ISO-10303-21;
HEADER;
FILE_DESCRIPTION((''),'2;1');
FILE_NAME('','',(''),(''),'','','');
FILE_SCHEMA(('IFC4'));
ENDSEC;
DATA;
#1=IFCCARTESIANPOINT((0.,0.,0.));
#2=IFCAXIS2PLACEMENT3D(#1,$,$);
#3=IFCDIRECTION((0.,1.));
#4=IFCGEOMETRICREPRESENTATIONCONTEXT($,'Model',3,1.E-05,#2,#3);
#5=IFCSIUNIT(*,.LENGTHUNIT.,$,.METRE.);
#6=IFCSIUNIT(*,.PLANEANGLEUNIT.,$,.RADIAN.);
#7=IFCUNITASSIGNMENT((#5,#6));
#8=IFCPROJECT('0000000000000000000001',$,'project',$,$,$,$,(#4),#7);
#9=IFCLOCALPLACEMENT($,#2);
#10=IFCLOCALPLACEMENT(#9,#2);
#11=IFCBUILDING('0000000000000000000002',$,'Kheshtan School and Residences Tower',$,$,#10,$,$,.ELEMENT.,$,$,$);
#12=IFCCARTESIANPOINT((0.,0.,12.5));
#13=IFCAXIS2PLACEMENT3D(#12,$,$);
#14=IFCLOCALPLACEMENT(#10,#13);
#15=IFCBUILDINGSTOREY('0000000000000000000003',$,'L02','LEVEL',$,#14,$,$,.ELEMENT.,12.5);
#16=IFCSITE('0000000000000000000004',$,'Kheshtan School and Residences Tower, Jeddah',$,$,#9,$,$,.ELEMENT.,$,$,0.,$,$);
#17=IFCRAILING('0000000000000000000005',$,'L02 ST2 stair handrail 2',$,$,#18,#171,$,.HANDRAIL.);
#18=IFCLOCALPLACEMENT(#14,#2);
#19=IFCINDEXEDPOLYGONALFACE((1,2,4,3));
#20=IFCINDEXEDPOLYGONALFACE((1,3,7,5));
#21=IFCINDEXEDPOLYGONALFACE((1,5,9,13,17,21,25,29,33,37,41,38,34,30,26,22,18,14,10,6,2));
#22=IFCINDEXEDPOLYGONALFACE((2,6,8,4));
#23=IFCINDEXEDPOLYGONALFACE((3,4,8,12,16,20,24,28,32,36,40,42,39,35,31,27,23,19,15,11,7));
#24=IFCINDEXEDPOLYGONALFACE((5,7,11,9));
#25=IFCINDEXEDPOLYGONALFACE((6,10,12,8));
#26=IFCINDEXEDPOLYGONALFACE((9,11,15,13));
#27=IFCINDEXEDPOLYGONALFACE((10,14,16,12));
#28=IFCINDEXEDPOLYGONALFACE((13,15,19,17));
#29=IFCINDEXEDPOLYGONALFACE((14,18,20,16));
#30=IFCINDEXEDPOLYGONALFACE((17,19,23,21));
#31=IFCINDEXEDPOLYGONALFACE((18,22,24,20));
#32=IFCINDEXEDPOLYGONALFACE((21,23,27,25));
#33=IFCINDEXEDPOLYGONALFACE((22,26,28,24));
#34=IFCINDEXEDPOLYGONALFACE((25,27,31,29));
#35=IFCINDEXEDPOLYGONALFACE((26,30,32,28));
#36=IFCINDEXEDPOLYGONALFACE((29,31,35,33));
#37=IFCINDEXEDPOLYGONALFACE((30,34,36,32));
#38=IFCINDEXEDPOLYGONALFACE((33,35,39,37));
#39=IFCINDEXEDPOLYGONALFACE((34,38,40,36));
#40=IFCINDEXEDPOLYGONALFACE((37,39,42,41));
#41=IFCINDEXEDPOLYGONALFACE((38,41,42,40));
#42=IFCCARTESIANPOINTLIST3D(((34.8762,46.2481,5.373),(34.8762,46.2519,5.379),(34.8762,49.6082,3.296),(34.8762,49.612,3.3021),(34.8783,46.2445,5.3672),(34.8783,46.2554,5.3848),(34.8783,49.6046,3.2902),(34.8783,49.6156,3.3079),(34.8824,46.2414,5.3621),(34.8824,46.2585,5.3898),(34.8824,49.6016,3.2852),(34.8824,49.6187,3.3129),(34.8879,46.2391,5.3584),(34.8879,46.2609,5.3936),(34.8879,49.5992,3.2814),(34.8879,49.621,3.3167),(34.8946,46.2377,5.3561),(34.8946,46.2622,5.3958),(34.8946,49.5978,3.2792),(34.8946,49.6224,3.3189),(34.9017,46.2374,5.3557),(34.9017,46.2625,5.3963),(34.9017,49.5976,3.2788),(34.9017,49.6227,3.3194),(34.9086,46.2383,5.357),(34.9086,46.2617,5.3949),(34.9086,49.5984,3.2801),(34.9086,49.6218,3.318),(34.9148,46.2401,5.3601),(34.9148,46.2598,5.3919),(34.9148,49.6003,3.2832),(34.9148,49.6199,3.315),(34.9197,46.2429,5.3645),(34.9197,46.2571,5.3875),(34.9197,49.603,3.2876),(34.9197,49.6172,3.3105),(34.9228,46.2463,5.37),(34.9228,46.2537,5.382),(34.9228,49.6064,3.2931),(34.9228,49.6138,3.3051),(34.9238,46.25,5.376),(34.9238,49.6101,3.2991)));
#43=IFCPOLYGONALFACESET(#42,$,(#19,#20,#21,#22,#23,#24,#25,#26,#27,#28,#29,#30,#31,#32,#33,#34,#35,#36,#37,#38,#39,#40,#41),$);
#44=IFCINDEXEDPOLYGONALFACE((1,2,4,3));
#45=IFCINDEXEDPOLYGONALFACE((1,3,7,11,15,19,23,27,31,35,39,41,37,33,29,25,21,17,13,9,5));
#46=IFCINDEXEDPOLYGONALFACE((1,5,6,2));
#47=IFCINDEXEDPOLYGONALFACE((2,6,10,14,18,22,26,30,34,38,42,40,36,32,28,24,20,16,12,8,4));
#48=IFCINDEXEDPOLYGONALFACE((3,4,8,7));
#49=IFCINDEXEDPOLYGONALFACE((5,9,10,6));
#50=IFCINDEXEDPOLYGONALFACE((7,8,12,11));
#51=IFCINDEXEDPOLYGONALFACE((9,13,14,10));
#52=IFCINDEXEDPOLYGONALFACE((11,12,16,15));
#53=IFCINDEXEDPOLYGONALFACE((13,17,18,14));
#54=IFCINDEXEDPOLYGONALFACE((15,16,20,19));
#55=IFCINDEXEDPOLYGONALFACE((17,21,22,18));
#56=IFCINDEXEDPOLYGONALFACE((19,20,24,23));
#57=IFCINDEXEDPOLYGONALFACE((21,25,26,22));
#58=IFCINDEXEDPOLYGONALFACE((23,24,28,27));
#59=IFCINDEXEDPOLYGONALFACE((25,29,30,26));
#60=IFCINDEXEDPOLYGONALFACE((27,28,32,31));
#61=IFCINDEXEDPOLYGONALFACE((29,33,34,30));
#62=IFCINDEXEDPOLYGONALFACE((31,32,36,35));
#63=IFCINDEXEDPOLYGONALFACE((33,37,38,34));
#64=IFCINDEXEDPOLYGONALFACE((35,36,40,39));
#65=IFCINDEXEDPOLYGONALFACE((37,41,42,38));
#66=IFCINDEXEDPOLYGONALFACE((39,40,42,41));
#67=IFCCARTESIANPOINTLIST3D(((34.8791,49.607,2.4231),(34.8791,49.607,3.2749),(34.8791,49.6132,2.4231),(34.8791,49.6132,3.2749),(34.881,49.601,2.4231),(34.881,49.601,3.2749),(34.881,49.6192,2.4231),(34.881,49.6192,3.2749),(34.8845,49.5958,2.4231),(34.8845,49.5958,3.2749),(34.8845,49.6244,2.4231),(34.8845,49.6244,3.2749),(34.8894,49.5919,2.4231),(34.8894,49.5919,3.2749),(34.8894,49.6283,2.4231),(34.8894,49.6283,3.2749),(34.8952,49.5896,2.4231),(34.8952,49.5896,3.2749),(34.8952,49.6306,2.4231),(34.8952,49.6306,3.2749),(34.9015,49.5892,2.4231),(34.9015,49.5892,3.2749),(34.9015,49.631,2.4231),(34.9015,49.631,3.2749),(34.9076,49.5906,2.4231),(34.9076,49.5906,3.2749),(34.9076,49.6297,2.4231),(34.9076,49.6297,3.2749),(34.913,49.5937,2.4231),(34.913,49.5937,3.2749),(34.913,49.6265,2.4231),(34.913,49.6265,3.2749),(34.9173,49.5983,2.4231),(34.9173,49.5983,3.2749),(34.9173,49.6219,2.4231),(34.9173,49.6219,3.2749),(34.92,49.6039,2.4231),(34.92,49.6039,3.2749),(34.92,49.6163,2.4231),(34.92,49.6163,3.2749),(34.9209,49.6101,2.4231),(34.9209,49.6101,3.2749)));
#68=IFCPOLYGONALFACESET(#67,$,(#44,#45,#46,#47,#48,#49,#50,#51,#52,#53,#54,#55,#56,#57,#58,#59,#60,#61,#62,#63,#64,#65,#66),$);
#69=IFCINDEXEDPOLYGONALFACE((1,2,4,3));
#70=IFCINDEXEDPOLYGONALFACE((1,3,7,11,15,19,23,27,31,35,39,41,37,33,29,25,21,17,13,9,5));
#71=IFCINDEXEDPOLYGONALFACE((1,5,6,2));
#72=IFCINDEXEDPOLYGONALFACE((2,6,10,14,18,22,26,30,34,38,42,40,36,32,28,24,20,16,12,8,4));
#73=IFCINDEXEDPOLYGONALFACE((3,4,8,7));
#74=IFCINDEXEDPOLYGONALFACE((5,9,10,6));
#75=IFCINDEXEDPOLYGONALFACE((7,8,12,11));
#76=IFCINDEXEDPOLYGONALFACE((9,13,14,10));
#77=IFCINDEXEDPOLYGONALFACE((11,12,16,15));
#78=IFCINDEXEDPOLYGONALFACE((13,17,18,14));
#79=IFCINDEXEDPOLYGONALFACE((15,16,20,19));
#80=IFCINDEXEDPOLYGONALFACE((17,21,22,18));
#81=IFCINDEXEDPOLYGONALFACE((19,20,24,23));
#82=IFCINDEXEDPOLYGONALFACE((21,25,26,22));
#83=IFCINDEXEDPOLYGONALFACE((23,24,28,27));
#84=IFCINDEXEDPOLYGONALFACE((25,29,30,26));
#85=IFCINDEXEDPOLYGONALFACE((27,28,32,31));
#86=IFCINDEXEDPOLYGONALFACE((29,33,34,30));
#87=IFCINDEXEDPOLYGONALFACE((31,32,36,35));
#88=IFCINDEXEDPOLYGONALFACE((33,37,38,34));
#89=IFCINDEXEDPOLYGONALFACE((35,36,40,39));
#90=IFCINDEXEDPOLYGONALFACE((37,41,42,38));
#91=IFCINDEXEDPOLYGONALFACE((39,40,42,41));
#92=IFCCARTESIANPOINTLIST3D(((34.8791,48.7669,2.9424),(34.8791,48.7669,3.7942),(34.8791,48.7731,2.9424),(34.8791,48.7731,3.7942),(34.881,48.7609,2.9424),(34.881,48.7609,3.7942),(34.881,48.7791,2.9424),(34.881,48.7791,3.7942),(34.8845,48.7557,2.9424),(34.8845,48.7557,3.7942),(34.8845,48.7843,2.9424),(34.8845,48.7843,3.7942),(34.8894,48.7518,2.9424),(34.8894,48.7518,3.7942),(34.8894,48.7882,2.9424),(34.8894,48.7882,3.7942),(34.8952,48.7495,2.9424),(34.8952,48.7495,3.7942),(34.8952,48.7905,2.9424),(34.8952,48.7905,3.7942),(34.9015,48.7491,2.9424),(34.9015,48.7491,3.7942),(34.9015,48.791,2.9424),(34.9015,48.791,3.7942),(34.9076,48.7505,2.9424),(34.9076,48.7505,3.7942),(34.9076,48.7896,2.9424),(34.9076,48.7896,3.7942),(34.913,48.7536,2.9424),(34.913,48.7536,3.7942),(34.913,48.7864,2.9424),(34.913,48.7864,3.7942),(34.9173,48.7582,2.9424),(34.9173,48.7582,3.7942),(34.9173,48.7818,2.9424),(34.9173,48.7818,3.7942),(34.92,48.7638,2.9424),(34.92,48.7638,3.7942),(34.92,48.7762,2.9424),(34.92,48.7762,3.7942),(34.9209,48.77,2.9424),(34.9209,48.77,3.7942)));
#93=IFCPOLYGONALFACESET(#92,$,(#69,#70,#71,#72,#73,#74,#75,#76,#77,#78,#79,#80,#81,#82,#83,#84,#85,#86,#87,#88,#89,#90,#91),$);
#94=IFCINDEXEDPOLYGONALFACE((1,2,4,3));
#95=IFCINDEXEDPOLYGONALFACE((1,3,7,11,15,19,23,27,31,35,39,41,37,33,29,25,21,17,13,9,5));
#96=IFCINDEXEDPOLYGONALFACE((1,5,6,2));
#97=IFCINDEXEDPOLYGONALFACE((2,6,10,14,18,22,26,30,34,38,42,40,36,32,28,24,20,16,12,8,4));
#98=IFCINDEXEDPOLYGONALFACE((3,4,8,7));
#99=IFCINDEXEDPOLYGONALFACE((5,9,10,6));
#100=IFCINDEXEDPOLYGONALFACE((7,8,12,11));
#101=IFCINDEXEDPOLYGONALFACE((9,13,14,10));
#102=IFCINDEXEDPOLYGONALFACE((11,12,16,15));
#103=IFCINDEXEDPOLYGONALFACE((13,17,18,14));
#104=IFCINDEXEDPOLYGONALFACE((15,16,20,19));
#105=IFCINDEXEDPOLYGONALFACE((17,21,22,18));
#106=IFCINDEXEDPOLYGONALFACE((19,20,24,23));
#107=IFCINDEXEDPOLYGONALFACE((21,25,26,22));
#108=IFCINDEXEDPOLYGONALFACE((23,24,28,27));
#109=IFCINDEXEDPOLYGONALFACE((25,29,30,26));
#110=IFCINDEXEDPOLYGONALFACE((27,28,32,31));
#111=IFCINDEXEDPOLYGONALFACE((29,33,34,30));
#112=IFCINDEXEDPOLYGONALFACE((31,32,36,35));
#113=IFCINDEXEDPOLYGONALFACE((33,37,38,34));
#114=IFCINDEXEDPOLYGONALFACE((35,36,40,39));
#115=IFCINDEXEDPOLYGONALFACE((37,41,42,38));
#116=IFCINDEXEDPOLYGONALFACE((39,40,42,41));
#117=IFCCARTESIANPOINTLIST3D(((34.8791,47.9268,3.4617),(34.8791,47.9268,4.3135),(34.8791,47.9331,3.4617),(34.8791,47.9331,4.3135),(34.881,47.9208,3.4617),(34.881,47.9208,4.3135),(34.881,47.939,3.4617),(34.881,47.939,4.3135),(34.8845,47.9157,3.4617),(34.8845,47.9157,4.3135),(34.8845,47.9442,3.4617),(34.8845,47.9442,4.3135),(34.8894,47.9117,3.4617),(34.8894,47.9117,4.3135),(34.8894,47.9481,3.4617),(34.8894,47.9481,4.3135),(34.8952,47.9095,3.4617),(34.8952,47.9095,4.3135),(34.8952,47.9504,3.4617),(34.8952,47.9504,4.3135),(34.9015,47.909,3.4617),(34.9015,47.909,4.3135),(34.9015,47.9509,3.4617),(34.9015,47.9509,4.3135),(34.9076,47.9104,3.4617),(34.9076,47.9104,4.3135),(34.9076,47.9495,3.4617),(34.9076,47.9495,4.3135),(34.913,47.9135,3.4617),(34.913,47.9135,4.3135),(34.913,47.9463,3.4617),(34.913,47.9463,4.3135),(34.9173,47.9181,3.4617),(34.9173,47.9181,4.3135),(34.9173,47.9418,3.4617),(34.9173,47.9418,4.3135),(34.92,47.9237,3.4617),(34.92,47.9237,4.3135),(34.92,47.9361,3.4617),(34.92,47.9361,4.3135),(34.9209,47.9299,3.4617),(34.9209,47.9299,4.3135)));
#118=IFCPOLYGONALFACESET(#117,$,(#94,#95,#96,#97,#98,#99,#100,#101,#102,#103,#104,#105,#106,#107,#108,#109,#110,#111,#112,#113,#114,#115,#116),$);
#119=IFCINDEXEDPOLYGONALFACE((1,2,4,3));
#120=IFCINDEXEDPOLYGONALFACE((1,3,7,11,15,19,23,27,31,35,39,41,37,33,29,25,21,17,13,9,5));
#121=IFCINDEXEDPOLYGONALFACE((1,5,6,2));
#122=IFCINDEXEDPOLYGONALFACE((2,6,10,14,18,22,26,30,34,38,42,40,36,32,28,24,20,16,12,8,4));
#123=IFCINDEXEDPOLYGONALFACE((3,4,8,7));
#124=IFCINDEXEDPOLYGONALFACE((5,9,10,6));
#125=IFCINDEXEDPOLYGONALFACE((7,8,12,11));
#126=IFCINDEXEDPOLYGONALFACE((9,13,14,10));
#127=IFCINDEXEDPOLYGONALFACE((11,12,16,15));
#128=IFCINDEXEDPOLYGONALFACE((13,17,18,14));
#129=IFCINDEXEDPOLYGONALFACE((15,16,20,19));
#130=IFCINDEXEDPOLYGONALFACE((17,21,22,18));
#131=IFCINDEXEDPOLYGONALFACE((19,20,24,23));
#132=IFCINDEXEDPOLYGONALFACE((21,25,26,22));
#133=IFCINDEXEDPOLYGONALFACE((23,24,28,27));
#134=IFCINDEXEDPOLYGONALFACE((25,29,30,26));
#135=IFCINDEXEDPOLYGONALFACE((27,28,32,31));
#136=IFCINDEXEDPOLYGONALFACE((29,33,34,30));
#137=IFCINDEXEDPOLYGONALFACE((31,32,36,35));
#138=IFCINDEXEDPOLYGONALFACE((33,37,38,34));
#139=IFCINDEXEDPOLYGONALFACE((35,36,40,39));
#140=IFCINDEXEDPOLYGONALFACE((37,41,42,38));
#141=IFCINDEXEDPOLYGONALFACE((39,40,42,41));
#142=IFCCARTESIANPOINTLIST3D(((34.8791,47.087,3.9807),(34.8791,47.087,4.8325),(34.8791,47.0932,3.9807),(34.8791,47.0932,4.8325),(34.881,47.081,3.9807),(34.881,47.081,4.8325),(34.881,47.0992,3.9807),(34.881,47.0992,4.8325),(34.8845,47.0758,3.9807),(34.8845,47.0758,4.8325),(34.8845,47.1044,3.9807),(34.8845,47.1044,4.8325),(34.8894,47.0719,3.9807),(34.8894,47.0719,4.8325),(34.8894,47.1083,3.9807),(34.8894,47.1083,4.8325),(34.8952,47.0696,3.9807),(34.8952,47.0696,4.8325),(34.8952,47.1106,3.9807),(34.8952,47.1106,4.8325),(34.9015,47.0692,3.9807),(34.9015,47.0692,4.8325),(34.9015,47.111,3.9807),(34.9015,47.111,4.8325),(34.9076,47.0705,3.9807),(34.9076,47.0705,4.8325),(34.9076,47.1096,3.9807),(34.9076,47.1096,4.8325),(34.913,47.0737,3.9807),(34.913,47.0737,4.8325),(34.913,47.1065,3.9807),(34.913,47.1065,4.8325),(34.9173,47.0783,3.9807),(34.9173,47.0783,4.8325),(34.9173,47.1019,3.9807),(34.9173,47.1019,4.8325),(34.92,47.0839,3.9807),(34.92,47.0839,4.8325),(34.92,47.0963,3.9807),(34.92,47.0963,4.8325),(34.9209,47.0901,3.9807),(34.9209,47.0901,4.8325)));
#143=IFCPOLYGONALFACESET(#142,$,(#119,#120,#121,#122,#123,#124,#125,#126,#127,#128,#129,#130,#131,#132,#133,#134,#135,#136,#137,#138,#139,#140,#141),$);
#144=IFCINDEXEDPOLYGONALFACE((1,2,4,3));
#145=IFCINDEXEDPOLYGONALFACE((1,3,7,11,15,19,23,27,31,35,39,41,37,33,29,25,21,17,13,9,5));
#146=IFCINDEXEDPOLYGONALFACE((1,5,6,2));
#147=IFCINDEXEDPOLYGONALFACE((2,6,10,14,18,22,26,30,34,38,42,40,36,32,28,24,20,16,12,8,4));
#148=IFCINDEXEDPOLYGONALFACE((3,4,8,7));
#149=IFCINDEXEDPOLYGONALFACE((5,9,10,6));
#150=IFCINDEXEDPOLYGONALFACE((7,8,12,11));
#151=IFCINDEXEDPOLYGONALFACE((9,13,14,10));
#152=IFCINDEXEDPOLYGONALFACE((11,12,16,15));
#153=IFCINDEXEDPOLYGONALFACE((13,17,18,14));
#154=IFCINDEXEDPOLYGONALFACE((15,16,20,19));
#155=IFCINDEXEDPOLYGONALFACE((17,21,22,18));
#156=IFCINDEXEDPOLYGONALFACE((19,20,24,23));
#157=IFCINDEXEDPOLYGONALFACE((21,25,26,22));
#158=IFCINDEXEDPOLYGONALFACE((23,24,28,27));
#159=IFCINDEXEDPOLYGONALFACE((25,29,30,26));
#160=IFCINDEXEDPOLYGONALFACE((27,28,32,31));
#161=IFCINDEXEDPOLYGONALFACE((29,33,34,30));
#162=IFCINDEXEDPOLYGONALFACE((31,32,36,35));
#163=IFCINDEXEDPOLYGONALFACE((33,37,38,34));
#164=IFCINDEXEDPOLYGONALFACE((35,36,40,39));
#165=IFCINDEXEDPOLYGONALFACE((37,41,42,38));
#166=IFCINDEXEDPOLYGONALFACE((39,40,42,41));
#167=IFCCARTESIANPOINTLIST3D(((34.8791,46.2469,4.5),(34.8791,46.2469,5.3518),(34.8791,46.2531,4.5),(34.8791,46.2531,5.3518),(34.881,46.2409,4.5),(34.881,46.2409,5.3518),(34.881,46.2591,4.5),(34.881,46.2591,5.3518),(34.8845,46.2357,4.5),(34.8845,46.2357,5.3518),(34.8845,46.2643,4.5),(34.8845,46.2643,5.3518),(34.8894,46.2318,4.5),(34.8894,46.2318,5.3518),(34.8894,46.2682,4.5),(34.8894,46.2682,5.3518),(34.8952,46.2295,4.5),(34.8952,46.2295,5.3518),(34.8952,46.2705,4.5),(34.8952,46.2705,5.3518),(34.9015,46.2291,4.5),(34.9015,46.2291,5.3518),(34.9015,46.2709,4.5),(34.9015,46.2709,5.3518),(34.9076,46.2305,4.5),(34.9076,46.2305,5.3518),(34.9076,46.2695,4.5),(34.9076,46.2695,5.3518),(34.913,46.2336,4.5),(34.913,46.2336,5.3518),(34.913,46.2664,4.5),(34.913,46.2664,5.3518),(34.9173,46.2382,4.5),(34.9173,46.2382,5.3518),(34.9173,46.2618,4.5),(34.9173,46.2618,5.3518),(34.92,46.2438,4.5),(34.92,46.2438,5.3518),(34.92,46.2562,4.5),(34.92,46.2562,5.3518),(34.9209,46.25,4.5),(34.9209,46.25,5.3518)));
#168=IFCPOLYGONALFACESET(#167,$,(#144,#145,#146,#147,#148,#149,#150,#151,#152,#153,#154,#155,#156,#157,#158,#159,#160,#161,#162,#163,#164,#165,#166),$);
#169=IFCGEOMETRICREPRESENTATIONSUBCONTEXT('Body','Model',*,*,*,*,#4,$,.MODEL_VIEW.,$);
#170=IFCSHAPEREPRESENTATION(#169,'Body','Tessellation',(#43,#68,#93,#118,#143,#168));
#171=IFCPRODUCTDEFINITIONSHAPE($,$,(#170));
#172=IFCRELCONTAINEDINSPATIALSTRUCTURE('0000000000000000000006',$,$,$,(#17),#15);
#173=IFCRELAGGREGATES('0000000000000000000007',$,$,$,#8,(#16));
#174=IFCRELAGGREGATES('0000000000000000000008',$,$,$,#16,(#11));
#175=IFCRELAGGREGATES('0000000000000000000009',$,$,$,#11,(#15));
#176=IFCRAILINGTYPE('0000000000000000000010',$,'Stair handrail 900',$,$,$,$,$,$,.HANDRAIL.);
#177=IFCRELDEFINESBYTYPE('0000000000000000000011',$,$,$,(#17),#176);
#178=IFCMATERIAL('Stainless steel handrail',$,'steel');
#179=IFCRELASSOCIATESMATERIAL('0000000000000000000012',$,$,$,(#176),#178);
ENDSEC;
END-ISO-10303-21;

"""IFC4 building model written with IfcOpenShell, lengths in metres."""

from ifc_helpers import new_model, si_unit, direction, frame, origin, origin_2d, place, context, subcontext, project, spatial, circle, extrude, material, type_object, element, save


model = new_model("IFC4")

# Units and contexts
model_context = context("Model", 3, precision=1e-05, world=origin(), true_north=direction((0.0, 1.0)))
body_context = subcontext(model_context, "Body", "Model", "MODEL_VIEW")
ifc_project = project(units=[si_unit("LENGTHUNIT", "METRE"), si_unit("PLANEANGLEUNIT", "RADIAN")], contexts=[model_context])

# Site, building, storey
site_placement = place(None, origin())
site = spatial("IfcSite", under=ifc_project, at=site_placement, Name="Kheshtan School and Residences Tower, Jeddah", CompositionType="ELEMENT", RefElevation=0.0)
building_placement = place(site_placement, origin())
building = spatial("IfcBuilding", under=site, at=building_placement, Name="Kheshtan School and Residences Tower", CompositionType="ELEMENT")
storey_placement = place(building_placement, frame((0.0, 0.0, 12.5)))
storey = spatial("IfcBuildingStorey", under=building, at=storey_placement, Name="L02", Description="LEVEL", CompositionType="ELEMENT", Elevation=12.5)

# Railing
ifc_material_1 = material(Name="Stainless steel handrail", Category="steel")
railing_type_1 = type_object("IfcRailingType", Name="Stair handrail 900", PredefinedType="HANDRAIL", material=ifc_material_1)
railing_1_placement = place(storey_placement, frame((34.8999, 49.6101, 2.4231)))
element("IfcRailing", 1, at=railing_1_placement, inside=storey, type_object=railing_type_1, Name="L02 ST2 stair handrail 2", PredefinedType="HANDRAIL", context=body_context, shape_type="SweptSolid", body=[
    extrude(circle(Radius=0.0239, at=origin_2d()), frame((0.0, 0.0, 0.876), z_axis=(0.0, -0.850623, 0.525776), x_axis=(1.0, 0.0, 0.0)), (0.0, 0.0, 1.0), 3.9502),
    extrude(circle(Radius=0.021, at=origin_2d()), origin(), (0.0, 0.0, 1.0), 0.8518),
    extrude(circle(Radius=0.021, at=origin_2d()), frame((0.0, -0.8401, 0.5193)), (0.0, 0.0, 1.0), 0.8518),
    extrude(circle(Radius=0.021, at=origin_2d()), frame((0.0, -1.6802, 1.0386)), (0.0, 0.0, 1.0), 0.8518),
    extrude(circle(Radius=0.021, at=origin_2d()), frame((0.0, -2.52, 1.5576)), (0.0, 0.0, 1.0), 0.8518),
    extrude(circle(Radius=0.021, at=origin_2d()), frame((0.0, -3.3601, 2.0769)), (0.0, 0.0, 1.0), 0.8518),
])

save(model, "model.ifc")
